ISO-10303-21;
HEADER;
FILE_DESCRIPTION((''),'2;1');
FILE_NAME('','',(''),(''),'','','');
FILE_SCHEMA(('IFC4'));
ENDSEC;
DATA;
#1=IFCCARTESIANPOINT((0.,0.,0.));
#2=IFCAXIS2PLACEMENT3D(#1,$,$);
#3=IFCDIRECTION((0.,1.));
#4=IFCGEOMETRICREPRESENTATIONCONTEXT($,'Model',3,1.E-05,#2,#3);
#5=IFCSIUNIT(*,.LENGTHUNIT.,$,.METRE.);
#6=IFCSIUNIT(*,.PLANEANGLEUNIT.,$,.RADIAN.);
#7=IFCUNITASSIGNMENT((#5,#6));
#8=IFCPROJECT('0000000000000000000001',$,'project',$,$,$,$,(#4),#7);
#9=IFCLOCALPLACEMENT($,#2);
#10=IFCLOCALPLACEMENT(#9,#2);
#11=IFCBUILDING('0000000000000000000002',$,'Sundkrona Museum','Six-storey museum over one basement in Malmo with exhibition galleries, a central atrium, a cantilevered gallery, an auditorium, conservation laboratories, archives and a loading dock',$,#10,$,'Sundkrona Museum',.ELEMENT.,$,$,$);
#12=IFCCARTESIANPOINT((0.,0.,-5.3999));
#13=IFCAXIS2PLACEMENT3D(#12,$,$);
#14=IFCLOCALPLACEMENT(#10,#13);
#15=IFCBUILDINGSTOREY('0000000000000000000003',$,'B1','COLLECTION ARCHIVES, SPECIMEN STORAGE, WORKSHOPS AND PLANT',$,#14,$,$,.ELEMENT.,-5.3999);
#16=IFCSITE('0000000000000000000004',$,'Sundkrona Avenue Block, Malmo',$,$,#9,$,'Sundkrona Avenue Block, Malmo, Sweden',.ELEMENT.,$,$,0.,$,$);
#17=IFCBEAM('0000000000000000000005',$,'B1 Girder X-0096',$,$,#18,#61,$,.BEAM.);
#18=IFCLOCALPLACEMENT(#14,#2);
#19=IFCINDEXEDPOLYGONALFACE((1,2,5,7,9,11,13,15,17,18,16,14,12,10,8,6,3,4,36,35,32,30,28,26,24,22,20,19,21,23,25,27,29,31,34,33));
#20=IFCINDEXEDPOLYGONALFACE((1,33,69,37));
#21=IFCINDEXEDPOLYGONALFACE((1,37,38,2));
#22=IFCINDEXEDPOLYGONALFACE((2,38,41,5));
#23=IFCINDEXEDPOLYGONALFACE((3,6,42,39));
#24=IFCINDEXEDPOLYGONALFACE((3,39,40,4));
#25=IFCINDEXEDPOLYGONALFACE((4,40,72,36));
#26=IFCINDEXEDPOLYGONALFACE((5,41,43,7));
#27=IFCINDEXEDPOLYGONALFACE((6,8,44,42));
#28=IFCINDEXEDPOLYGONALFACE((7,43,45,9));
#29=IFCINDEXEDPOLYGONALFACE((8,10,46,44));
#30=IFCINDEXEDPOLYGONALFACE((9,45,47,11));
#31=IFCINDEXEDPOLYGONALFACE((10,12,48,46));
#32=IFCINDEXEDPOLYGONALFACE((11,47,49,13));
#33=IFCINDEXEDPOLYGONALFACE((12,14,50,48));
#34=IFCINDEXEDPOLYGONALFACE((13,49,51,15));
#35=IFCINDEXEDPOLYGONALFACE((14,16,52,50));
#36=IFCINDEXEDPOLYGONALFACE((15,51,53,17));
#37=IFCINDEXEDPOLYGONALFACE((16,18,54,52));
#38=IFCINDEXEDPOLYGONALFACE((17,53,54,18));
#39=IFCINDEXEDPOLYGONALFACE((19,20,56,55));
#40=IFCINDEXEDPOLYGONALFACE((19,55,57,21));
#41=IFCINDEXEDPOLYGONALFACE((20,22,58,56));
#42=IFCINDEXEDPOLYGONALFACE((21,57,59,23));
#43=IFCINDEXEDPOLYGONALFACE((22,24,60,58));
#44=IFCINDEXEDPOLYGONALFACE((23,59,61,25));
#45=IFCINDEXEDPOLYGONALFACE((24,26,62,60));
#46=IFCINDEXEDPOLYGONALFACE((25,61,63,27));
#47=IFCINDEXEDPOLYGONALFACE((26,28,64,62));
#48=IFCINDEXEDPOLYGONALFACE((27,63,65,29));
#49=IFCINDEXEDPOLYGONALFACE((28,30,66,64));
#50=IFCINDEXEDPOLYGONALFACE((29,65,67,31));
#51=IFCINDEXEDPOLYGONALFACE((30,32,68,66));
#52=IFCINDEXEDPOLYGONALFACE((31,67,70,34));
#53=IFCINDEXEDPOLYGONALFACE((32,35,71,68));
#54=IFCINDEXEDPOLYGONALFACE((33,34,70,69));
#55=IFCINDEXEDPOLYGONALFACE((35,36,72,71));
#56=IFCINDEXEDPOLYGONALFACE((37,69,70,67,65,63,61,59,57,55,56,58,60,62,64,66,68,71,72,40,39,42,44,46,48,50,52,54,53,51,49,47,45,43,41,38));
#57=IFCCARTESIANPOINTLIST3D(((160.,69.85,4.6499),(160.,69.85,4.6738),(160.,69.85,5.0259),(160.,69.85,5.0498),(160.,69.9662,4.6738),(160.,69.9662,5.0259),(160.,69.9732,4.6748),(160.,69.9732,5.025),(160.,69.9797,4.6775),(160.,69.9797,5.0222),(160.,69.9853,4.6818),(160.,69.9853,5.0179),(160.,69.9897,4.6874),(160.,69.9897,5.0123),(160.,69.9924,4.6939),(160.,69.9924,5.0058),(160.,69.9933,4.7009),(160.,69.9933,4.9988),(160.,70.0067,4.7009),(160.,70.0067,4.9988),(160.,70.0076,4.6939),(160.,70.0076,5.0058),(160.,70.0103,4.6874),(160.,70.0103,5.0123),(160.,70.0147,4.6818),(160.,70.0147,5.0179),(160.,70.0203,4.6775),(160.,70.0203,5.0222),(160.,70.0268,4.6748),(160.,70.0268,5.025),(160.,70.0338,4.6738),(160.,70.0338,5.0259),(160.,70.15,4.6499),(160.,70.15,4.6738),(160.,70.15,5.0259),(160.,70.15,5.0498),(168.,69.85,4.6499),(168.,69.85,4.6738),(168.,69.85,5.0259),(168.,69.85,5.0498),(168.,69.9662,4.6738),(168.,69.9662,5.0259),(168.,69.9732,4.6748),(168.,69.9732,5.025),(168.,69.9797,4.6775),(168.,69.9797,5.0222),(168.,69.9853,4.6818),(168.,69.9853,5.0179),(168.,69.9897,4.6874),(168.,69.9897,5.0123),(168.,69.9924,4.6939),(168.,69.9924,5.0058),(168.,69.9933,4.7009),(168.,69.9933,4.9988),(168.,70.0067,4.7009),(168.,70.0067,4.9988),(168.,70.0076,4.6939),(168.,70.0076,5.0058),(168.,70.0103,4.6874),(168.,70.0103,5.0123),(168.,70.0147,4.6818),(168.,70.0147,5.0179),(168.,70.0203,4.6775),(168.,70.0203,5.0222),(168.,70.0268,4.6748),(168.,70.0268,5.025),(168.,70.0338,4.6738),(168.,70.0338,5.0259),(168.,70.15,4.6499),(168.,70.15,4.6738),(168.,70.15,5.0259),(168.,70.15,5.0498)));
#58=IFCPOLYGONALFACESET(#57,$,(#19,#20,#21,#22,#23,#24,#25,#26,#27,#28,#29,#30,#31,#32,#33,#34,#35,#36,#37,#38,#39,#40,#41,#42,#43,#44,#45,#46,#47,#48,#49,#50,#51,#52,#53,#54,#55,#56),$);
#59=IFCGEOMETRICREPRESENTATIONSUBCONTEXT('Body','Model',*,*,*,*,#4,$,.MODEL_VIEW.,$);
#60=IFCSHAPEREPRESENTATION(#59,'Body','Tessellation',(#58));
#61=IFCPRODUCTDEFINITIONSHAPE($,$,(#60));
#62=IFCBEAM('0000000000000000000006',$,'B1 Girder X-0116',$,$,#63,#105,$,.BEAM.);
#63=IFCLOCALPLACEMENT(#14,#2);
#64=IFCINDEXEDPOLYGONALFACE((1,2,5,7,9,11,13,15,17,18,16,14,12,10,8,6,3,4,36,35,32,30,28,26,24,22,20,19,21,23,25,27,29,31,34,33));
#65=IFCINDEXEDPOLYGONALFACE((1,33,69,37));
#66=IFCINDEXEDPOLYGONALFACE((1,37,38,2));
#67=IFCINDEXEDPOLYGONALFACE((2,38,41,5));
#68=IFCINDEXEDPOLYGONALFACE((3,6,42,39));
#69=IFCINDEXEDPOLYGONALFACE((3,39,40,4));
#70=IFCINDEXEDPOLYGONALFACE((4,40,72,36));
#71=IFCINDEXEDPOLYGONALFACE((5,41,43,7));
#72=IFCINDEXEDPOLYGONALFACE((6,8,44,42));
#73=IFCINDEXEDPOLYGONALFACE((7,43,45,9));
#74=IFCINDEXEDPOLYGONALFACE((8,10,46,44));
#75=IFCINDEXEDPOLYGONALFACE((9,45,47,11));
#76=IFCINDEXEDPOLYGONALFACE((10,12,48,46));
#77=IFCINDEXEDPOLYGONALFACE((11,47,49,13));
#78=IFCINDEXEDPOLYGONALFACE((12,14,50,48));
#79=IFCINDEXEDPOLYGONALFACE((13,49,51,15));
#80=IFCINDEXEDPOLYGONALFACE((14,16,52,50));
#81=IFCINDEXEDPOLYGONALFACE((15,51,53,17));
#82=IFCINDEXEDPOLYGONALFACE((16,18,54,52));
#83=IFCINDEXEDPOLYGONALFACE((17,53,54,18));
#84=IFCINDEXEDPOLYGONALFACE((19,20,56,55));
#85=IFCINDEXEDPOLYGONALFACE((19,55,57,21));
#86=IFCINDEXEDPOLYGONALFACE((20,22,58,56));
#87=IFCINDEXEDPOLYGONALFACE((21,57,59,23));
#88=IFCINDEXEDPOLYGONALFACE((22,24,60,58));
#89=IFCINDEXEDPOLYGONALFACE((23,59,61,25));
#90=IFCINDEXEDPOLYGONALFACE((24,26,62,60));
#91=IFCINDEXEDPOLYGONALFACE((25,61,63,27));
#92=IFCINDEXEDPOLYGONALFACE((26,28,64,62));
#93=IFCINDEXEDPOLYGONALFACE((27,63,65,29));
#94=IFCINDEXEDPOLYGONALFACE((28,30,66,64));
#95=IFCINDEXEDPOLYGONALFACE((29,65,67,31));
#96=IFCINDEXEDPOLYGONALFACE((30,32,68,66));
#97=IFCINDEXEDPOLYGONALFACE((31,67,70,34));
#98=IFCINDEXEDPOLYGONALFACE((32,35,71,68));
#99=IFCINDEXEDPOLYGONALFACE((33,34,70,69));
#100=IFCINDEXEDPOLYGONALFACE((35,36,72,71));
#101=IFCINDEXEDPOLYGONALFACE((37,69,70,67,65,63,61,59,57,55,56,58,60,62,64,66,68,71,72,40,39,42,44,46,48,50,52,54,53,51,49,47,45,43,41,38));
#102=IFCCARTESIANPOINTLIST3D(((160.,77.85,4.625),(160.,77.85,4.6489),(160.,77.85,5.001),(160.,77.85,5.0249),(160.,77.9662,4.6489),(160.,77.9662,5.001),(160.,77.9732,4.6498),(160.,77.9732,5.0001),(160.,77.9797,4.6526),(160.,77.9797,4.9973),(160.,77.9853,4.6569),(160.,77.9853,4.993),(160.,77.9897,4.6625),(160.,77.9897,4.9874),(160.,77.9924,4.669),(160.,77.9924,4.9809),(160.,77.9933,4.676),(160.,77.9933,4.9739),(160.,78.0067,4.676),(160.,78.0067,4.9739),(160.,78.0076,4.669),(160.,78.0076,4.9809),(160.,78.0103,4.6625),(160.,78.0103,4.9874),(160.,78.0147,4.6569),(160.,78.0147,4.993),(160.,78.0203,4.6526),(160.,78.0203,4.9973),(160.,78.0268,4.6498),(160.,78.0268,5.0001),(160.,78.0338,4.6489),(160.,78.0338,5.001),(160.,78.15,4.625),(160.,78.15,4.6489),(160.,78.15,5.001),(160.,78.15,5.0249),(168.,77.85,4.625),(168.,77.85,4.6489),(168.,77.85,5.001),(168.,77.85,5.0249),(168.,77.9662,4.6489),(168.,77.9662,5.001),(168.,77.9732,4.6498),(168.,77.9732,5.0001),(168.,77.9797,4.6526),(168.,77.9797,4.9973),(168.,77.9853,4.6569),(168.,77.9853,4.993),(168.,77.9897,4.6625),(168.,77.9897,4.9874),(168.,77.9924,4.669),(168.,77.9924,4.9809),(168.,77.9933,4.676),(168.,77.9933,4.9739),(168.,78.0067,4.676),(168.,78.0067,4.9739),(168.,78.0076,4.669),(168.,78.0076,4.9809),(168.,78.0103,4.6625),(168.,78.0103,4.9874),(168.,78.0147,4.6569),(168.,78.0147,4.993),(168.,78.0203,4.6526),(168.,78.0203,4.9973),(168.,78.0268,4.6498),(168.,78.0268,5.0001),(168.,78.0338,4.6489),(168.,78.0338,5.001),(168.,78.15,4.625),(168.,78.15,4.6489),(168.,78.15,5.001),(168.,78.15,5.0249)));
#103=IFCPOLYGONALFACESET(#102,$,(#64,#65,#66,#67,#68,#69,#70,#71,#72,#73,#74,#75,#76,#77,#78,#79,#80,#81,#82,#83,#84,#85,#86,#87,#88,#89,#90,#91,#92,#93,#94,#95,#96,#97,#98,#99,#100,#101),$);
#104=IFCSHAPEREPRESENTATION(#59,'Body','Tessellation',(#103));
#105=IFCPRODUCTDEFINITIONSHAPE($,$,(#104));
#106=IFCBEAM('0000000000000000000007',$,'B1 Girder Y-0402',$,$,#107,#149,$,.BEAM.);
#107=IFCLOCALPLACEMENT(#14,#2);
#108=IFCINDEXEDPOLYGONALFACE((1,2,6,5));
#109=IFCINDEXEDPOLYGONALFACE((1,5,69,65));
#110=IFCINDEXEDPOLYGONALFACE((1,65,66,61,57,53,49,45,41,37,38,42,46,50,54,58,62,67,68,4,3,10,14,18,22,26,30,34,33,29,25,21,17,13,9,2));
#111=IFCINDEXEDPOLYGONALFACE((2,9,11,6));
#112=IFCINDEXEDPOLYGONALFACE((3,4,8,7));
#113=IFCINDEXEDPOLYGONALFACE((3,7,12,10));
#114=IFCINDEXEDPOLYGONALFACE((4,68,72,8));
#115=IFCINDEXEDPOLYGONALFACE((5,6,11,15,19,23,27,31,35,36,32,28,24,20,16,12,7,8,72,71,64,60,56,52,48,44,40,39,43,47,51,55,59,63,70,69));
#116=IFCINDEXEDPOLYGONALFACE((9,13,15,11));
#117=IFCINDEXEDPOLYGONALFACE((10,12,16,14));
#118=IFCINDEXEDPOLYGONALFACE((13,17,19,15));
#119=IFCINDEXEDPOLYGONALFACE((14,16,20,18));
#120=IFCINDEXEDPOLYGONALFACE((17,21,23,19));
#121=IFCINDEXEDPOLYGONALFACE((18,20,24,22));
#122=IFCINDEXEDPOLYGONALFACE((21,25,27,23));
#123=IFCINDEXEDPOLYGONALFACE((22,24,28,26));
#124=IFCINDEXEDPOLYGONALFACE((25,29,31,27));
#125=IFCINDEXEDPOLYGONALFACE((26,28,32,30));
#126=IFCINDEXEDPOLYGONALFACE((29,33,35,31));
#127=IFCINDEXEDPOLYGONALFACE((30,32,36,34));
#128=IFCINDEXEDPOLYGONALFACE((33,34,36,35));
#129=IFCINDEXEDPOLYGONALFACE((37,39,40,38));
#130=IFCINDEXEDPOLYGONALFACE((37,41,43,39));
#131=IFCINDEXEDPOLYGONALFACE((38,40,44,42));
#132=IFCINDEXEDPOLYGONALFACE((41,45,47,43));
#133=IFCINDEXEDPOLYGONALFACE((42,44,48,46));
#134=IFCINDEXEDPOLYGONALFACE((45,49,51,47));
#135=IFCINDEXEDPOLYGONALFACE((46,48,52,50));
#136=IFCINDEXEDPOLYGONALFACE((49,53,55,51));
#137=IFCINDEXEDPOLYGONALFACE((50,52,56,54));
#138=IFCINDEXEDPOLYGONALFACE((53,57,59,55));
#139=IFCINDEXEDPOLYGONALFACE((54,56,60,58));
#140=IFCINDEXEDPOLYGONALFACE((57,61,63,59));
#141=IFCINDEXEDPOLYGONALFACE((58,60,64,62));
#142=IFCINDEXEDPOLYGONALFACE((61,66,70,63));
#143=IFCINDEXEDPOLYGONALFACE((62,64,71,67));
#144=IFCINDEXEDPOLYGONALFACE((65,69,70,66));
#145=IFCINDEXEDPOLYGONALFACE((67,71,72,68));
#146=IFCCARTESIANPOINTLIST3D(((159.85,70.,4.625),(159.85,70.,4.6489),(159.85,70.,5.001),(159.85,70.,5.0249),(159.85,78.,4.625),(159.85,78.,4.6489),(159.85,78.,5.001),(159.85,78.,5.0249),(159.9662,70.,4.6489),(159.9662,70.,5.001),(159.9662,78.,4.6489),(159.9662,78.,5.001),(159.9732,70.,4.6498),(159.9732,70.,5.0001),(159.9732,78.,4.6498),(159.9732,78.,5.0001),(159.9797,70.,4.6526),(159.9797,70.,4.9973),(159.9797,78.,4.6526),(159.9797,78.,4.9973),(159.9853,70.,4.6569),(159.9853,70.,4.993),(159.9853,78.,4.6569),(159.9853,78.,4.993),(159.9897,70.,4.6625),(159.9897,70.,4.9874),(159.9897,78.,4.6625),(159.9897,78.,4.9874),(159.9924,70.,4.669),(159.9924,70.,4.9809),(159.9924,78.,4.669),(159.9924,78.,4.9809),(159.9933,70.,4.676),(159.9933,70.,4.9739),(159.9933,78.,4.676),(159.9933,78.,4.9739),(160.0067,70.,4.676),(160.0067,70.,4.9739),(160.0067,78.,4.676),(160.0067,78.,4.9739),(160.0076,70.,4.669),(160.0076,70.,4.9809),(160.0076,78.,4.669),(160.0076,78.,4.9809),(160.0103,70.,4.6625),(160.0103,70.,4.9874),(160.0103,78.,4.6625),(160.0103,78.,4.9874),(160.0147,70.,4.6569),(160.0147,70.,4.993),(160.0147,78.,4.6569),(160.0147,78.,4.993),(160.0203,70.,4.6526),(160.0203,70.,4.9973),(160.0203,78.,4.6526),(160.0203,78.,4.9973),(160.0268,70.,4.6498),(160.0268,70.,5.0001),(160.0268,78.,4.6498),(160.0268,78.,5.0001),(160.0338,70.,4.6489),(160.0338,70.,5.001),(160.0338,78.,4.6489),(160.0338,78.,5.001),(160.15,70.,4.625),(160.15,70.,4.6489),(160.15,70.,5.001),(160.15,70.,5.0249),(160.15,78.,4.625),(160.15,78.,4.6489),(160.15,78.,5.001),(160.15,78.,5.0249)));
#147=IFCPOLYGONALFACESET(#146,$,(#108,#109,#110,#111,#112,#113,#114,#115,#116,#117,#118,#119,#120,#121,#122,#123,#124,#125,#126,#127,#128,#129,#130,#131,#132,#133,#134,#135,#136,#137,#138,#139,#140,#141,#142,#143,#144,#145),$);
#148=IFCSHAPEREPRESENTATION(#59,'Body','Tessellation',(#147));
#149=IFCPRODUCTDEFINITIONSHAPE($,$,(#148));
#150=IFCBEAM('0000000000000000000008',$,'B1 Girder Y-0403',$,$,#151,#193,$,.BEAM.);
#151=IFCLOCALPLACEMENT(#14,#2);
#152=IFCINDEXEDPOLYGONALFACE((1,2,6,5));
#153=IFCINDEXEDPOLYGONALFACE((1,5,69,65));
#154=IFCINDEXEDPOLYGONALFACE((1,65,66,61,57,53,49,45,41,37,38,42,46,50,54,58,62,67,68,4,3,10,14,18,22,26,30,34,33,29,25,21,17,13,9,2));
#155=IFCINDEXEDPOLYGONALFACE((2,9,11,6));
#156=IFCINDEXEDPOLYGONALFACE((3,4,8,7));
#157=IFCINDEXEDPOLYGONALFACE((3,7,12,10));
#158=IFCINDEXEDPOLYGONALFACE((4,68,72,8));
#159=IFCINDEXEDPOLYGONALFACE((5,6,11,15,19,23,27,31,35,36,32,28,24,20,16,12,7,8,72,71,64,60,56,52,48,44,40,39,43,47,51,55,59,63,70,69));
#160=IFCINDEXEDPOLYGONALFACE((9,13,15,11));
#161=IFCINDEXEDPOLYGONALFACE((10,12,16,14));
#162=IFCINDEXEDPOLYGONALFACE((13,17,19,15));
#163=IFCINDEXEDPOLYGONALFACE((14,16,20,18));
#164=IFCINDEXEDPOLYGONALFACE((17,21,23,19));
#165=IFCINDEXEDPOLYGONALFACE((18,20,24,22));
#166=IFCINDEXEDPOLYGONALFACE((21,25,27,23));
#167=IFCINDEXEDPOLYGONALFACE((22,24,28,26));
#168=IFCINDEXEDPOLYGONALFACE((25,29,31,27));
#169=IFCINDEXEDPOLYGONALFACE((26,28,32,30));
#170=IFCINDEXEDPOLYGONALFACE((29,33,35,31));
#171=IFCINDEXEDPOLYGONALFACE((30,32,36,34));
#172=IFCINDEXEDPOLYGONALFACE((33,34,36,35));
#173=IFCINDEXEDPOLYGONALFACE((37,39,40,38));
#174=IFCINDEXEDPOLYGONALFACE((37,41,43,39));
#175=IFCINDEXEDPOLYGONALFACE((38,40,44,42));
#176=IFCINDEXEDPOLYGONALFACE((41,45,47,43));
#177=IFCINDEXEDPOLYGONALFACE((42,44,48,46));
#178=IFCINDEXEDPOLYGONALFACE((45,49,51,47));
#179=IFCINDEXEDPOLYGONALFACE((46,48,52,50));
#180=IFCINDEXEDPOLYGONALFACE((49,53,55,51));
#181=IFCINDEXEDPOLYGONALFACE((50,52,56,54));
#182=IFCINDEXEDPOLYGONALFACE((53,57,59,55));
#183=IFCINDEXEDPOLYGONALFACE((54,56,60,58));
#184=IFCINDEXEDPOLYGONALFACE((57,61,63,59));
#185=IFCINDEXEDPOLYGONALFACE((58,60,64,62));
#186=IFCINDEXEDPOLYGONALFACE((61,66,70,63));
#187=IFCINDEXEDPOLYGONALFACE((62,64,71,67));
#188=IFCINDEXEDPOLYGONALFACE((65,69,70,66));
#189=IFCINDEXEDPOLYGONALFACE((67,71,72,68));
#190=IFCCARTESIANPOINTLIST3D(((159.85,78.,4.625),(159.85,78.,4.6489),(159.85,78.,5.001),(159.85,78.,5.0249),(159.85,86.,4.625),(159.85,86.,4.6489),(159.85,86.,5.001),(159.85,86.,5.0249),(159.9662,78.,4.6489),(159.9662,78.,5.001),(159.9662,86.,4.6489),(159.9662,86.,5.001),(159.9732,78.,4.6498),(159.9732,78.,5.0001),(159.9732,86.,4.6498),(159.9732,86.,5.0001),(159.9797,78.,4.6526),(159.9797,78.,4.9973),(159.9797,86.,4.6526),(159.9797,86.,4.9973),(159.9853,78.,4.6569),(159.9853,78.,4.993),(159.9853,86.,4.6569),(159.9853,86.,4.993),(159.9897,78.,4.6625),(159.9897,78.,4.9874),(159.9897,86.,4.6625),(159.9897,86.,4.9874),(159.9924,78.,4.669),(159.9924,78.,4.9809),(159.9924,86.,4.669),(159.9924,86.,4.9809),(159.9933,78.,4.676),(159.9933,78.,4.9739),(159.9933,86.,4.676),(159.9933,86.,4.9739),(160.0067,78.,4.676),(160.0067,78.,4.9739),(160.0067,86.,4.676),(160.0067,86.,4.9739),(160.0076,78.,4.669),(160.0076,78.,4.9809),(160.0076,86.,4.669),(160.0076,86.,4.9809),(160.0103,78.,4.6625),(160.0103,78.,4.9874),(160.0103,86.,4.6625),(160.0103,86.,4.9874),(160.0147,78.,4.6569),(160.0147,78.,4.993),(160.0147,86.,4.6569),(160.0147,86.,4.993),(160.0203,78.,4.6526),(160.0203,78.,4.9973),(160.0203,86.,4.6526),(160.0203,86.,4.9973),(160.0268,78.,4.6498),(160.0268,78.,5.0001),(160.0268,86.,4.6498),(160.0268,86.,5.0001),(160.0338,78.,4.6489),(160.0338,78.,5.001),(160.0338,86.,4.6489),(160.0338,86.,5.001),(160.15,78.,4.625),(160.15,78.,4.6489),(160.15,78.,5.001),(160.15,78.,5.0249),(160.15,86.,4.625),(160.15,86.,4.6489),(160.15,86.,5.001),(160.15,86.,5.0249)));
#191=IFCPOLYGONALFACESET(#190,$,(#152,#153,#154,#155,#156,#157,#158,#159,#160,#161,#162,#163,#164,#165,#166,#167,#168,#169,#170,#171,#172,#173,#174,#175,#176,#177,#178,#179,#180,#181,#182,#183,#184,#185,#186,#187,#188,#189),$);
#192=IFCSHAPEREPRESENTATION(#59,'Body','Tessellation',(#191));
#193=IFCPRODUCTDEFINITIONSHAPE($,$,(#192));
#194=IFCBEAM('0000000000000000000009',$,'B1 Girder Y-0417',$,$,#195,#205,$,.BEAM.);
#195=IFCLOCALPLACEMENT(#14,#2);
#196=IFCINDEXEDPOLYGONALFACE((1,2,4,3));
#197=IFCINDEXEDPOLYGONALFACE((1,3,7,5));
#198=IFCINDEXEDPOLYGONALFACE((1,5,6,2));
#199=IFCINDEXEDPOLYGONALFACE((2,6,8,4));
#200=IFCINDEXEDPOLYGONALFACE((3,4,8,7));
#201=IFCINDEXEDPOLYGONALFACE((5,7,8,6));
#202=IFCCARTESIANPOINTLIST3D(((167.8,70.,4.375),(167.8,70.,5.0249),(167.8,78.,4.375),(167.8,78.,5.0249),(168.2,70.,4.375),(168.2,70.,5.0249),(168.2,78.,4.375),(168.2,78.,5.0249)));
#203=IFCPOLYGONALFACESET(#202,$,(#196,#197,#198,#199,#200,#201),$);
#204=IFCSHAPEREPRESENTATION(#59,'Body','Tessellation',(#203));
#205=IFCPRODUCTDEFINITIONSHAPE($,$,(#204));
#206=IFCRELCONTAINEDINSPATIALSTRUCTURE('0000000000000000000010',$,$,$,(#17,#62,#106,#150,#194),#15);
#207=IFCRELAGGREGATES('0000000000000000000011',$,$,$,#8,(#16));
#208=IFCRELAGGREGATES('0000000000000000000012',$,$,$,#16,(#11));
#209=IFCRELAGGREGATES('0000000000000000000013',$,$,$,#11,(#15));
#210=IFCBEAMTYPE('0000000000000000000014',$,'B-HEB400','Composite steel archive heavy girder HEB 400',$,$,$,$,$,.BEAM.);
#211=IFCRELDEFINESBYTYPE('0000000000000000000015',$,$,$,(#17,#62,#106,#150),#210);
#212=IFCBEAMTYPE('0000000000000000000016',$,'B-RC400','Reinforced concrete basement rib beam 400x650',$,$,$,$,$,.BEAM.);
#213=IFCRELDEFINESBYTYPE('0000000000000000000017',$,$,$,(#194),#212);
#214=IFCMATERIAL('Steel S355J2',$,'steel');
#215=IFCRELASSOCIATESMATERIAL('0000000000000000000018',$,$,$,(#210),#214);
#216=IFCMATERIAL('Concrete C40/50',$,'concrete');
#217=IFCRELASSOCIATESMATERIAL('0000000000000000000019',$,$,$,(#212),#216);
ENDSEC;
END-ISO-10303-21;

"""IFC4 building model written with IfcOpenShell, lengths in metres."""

from ifc_helpers import new_model, si_unit, direction, frame, origin, origin_2d, place, context, subcontext, project, spatial, rectangle, i_section, extrude, material, material_profile, profile_set, type_object, element, save


model = new_model("IFC4")

# Units and contexts
model_context = context("Model", 3, precision=1e-05, world=origin(), true_north=direction((0.0, 1.0)))
body_context = subcontext(model_context, "Body", "Model", "MODEL_VIEW")
ifc_project = project(units=[si_unit("LENGTHUNIT", "METRE"), si_unit("PLANEANGLEUNIT", "RADIAN")], contexts=[model_context])

# Site, building, storey
site_placement = place(None, origin())
site = spatial("IfcSite", under=ifc_project, at=site_placement, Name="Sundkrona Avenue Block, Malmo", LongName="Sundkrona Avenue Block, Malmo, Sweden", CompositionType="ELEMENT", RefElevation=0.0)
building_placement = place(site_placement, origin())
building = spatial("IfcBuilding", under=site, at=building_placement, Name="Sundkrona Museum", Description="Six-storey museum over one basement in Malmo with exhibition galleries, a central atrium, a cantilevered gallery, an auditorium, conservation laboratories, archives and a loading dock", LongName="Sundkrona Museum", CompositionType="ELEMENT")
storey_placement = place(building_placement, frame((0.0, 0.0, -5.3999)))
storey = spatial("IfcBuildingStorey", under=building, at=storey_placement, Name="B1", Description="COLLECTION ARCHIVES, SPECIMEN STORAGE, WORKSHOPS AND PLANT", CompositionType="ELEMENT", Elevation=-5.3999)

# Shared definitions
ifc_material_1 = material(Name="Concrete C40/50", Category="concrete")

# Beams
ifc_material_2 = material(Name="Steel S355J2", Category="steel")
ifc_material_profile_1 = material_profile(ifc_material_2, i_section(OverallWidth=0.3, OverallDepth=0.3999, WebThickness=0.0134, FlangeThickness=0.0239, FilletRadius=0.0271, at=origin_2d()), Name="HEB 400")
ifc_profile_set_1 = profile_set([ifc_material_profile_1], Name="Steel S355J2")
beam_type_1 = type_object("IfcBeamType", Name="B-HEB400", Description="Composite steel archive heavy girder HEB 400", PredefinedType="BEAM", material=ifc_profile_set_1)
for number, where, z_axis, x_axis, name in (
    (1, (160.0, 70.0, 4.8499), (1.0, 0.0, 0.0), (0.0, 1.0, 0.0), "B1 Girder X-0096"),
    (2, (160.0, 78.0, 4.825), (1.0, 0.0, 0.0), (0.0, 1.0, 0.0), "B1 Girder X-0116"),
    (3, (160.0, 70.0, 4.825), (0.0, 1.0, 0.0), (-1.0, 0.0, 0.0), "B1 Girder Y-0402"),
    (4, (160.0, 78.0, 4.825), (0.0, 1.0, 0.0), (-1.0, 0.0, 0.0), "B1 Girder Y-0403"),
):
    element("IfcBeam", number, at=place(storey_placement, frame(where, z_axis=z_axis, x_axis=x_axis)), inside=storey, type_object=beam_type_1, Name=name, PredefinedType="BEAM", context=body_context, shape_type="SweptSolid", body=[
        extrude(i_section(OverallWidth=0.3, OverallDepth=0.3999, WebThickness=0.0134, FlangeThickness=0.0239, FilletRadius=0.0271, at=origin_2d()), origin(), (0.0, 0.0, 1.0), 8.0),
    ])
ifc_material_profile_2 = material_profile(ifc_material_1, rectangle(XDim=0.3999, YDim=0.6499, at=origin_2d()), Name="RCB 400x650")
ifc_profile_set_2 = profile_set([ifc_material_profile_2], Name="Concrete C40/50")
beam_type_2 = type_object("IfcBeamType", Name="B-RC400", Description="Reinforced concrete basement rib beam 400x650", PredefinedType="BEAM", material=ifc_profile_set_2)
beam_1_placement = place(storey_placement, frame((168.0, 70.0, 4.7), z_axis=(0.0, 1.0, 0.0), x_axis=(-1.0, 0.0, 0.0)))
element("IfcBeam", 5, at=beam_1_placement, inside=storey, type_object=beam_type_2, Name="B1 Girder Y-0417", PredefinedType="BEAM", context=body_context, shape_type="SweptSolid", body=[
    extrude(rectangle(XDim=0.3999, YDim=0.6499, at=origin_2d()), origin(), (0.0, 0.0, 1.0), 8.0),
])

save(model, "model.ifc")
